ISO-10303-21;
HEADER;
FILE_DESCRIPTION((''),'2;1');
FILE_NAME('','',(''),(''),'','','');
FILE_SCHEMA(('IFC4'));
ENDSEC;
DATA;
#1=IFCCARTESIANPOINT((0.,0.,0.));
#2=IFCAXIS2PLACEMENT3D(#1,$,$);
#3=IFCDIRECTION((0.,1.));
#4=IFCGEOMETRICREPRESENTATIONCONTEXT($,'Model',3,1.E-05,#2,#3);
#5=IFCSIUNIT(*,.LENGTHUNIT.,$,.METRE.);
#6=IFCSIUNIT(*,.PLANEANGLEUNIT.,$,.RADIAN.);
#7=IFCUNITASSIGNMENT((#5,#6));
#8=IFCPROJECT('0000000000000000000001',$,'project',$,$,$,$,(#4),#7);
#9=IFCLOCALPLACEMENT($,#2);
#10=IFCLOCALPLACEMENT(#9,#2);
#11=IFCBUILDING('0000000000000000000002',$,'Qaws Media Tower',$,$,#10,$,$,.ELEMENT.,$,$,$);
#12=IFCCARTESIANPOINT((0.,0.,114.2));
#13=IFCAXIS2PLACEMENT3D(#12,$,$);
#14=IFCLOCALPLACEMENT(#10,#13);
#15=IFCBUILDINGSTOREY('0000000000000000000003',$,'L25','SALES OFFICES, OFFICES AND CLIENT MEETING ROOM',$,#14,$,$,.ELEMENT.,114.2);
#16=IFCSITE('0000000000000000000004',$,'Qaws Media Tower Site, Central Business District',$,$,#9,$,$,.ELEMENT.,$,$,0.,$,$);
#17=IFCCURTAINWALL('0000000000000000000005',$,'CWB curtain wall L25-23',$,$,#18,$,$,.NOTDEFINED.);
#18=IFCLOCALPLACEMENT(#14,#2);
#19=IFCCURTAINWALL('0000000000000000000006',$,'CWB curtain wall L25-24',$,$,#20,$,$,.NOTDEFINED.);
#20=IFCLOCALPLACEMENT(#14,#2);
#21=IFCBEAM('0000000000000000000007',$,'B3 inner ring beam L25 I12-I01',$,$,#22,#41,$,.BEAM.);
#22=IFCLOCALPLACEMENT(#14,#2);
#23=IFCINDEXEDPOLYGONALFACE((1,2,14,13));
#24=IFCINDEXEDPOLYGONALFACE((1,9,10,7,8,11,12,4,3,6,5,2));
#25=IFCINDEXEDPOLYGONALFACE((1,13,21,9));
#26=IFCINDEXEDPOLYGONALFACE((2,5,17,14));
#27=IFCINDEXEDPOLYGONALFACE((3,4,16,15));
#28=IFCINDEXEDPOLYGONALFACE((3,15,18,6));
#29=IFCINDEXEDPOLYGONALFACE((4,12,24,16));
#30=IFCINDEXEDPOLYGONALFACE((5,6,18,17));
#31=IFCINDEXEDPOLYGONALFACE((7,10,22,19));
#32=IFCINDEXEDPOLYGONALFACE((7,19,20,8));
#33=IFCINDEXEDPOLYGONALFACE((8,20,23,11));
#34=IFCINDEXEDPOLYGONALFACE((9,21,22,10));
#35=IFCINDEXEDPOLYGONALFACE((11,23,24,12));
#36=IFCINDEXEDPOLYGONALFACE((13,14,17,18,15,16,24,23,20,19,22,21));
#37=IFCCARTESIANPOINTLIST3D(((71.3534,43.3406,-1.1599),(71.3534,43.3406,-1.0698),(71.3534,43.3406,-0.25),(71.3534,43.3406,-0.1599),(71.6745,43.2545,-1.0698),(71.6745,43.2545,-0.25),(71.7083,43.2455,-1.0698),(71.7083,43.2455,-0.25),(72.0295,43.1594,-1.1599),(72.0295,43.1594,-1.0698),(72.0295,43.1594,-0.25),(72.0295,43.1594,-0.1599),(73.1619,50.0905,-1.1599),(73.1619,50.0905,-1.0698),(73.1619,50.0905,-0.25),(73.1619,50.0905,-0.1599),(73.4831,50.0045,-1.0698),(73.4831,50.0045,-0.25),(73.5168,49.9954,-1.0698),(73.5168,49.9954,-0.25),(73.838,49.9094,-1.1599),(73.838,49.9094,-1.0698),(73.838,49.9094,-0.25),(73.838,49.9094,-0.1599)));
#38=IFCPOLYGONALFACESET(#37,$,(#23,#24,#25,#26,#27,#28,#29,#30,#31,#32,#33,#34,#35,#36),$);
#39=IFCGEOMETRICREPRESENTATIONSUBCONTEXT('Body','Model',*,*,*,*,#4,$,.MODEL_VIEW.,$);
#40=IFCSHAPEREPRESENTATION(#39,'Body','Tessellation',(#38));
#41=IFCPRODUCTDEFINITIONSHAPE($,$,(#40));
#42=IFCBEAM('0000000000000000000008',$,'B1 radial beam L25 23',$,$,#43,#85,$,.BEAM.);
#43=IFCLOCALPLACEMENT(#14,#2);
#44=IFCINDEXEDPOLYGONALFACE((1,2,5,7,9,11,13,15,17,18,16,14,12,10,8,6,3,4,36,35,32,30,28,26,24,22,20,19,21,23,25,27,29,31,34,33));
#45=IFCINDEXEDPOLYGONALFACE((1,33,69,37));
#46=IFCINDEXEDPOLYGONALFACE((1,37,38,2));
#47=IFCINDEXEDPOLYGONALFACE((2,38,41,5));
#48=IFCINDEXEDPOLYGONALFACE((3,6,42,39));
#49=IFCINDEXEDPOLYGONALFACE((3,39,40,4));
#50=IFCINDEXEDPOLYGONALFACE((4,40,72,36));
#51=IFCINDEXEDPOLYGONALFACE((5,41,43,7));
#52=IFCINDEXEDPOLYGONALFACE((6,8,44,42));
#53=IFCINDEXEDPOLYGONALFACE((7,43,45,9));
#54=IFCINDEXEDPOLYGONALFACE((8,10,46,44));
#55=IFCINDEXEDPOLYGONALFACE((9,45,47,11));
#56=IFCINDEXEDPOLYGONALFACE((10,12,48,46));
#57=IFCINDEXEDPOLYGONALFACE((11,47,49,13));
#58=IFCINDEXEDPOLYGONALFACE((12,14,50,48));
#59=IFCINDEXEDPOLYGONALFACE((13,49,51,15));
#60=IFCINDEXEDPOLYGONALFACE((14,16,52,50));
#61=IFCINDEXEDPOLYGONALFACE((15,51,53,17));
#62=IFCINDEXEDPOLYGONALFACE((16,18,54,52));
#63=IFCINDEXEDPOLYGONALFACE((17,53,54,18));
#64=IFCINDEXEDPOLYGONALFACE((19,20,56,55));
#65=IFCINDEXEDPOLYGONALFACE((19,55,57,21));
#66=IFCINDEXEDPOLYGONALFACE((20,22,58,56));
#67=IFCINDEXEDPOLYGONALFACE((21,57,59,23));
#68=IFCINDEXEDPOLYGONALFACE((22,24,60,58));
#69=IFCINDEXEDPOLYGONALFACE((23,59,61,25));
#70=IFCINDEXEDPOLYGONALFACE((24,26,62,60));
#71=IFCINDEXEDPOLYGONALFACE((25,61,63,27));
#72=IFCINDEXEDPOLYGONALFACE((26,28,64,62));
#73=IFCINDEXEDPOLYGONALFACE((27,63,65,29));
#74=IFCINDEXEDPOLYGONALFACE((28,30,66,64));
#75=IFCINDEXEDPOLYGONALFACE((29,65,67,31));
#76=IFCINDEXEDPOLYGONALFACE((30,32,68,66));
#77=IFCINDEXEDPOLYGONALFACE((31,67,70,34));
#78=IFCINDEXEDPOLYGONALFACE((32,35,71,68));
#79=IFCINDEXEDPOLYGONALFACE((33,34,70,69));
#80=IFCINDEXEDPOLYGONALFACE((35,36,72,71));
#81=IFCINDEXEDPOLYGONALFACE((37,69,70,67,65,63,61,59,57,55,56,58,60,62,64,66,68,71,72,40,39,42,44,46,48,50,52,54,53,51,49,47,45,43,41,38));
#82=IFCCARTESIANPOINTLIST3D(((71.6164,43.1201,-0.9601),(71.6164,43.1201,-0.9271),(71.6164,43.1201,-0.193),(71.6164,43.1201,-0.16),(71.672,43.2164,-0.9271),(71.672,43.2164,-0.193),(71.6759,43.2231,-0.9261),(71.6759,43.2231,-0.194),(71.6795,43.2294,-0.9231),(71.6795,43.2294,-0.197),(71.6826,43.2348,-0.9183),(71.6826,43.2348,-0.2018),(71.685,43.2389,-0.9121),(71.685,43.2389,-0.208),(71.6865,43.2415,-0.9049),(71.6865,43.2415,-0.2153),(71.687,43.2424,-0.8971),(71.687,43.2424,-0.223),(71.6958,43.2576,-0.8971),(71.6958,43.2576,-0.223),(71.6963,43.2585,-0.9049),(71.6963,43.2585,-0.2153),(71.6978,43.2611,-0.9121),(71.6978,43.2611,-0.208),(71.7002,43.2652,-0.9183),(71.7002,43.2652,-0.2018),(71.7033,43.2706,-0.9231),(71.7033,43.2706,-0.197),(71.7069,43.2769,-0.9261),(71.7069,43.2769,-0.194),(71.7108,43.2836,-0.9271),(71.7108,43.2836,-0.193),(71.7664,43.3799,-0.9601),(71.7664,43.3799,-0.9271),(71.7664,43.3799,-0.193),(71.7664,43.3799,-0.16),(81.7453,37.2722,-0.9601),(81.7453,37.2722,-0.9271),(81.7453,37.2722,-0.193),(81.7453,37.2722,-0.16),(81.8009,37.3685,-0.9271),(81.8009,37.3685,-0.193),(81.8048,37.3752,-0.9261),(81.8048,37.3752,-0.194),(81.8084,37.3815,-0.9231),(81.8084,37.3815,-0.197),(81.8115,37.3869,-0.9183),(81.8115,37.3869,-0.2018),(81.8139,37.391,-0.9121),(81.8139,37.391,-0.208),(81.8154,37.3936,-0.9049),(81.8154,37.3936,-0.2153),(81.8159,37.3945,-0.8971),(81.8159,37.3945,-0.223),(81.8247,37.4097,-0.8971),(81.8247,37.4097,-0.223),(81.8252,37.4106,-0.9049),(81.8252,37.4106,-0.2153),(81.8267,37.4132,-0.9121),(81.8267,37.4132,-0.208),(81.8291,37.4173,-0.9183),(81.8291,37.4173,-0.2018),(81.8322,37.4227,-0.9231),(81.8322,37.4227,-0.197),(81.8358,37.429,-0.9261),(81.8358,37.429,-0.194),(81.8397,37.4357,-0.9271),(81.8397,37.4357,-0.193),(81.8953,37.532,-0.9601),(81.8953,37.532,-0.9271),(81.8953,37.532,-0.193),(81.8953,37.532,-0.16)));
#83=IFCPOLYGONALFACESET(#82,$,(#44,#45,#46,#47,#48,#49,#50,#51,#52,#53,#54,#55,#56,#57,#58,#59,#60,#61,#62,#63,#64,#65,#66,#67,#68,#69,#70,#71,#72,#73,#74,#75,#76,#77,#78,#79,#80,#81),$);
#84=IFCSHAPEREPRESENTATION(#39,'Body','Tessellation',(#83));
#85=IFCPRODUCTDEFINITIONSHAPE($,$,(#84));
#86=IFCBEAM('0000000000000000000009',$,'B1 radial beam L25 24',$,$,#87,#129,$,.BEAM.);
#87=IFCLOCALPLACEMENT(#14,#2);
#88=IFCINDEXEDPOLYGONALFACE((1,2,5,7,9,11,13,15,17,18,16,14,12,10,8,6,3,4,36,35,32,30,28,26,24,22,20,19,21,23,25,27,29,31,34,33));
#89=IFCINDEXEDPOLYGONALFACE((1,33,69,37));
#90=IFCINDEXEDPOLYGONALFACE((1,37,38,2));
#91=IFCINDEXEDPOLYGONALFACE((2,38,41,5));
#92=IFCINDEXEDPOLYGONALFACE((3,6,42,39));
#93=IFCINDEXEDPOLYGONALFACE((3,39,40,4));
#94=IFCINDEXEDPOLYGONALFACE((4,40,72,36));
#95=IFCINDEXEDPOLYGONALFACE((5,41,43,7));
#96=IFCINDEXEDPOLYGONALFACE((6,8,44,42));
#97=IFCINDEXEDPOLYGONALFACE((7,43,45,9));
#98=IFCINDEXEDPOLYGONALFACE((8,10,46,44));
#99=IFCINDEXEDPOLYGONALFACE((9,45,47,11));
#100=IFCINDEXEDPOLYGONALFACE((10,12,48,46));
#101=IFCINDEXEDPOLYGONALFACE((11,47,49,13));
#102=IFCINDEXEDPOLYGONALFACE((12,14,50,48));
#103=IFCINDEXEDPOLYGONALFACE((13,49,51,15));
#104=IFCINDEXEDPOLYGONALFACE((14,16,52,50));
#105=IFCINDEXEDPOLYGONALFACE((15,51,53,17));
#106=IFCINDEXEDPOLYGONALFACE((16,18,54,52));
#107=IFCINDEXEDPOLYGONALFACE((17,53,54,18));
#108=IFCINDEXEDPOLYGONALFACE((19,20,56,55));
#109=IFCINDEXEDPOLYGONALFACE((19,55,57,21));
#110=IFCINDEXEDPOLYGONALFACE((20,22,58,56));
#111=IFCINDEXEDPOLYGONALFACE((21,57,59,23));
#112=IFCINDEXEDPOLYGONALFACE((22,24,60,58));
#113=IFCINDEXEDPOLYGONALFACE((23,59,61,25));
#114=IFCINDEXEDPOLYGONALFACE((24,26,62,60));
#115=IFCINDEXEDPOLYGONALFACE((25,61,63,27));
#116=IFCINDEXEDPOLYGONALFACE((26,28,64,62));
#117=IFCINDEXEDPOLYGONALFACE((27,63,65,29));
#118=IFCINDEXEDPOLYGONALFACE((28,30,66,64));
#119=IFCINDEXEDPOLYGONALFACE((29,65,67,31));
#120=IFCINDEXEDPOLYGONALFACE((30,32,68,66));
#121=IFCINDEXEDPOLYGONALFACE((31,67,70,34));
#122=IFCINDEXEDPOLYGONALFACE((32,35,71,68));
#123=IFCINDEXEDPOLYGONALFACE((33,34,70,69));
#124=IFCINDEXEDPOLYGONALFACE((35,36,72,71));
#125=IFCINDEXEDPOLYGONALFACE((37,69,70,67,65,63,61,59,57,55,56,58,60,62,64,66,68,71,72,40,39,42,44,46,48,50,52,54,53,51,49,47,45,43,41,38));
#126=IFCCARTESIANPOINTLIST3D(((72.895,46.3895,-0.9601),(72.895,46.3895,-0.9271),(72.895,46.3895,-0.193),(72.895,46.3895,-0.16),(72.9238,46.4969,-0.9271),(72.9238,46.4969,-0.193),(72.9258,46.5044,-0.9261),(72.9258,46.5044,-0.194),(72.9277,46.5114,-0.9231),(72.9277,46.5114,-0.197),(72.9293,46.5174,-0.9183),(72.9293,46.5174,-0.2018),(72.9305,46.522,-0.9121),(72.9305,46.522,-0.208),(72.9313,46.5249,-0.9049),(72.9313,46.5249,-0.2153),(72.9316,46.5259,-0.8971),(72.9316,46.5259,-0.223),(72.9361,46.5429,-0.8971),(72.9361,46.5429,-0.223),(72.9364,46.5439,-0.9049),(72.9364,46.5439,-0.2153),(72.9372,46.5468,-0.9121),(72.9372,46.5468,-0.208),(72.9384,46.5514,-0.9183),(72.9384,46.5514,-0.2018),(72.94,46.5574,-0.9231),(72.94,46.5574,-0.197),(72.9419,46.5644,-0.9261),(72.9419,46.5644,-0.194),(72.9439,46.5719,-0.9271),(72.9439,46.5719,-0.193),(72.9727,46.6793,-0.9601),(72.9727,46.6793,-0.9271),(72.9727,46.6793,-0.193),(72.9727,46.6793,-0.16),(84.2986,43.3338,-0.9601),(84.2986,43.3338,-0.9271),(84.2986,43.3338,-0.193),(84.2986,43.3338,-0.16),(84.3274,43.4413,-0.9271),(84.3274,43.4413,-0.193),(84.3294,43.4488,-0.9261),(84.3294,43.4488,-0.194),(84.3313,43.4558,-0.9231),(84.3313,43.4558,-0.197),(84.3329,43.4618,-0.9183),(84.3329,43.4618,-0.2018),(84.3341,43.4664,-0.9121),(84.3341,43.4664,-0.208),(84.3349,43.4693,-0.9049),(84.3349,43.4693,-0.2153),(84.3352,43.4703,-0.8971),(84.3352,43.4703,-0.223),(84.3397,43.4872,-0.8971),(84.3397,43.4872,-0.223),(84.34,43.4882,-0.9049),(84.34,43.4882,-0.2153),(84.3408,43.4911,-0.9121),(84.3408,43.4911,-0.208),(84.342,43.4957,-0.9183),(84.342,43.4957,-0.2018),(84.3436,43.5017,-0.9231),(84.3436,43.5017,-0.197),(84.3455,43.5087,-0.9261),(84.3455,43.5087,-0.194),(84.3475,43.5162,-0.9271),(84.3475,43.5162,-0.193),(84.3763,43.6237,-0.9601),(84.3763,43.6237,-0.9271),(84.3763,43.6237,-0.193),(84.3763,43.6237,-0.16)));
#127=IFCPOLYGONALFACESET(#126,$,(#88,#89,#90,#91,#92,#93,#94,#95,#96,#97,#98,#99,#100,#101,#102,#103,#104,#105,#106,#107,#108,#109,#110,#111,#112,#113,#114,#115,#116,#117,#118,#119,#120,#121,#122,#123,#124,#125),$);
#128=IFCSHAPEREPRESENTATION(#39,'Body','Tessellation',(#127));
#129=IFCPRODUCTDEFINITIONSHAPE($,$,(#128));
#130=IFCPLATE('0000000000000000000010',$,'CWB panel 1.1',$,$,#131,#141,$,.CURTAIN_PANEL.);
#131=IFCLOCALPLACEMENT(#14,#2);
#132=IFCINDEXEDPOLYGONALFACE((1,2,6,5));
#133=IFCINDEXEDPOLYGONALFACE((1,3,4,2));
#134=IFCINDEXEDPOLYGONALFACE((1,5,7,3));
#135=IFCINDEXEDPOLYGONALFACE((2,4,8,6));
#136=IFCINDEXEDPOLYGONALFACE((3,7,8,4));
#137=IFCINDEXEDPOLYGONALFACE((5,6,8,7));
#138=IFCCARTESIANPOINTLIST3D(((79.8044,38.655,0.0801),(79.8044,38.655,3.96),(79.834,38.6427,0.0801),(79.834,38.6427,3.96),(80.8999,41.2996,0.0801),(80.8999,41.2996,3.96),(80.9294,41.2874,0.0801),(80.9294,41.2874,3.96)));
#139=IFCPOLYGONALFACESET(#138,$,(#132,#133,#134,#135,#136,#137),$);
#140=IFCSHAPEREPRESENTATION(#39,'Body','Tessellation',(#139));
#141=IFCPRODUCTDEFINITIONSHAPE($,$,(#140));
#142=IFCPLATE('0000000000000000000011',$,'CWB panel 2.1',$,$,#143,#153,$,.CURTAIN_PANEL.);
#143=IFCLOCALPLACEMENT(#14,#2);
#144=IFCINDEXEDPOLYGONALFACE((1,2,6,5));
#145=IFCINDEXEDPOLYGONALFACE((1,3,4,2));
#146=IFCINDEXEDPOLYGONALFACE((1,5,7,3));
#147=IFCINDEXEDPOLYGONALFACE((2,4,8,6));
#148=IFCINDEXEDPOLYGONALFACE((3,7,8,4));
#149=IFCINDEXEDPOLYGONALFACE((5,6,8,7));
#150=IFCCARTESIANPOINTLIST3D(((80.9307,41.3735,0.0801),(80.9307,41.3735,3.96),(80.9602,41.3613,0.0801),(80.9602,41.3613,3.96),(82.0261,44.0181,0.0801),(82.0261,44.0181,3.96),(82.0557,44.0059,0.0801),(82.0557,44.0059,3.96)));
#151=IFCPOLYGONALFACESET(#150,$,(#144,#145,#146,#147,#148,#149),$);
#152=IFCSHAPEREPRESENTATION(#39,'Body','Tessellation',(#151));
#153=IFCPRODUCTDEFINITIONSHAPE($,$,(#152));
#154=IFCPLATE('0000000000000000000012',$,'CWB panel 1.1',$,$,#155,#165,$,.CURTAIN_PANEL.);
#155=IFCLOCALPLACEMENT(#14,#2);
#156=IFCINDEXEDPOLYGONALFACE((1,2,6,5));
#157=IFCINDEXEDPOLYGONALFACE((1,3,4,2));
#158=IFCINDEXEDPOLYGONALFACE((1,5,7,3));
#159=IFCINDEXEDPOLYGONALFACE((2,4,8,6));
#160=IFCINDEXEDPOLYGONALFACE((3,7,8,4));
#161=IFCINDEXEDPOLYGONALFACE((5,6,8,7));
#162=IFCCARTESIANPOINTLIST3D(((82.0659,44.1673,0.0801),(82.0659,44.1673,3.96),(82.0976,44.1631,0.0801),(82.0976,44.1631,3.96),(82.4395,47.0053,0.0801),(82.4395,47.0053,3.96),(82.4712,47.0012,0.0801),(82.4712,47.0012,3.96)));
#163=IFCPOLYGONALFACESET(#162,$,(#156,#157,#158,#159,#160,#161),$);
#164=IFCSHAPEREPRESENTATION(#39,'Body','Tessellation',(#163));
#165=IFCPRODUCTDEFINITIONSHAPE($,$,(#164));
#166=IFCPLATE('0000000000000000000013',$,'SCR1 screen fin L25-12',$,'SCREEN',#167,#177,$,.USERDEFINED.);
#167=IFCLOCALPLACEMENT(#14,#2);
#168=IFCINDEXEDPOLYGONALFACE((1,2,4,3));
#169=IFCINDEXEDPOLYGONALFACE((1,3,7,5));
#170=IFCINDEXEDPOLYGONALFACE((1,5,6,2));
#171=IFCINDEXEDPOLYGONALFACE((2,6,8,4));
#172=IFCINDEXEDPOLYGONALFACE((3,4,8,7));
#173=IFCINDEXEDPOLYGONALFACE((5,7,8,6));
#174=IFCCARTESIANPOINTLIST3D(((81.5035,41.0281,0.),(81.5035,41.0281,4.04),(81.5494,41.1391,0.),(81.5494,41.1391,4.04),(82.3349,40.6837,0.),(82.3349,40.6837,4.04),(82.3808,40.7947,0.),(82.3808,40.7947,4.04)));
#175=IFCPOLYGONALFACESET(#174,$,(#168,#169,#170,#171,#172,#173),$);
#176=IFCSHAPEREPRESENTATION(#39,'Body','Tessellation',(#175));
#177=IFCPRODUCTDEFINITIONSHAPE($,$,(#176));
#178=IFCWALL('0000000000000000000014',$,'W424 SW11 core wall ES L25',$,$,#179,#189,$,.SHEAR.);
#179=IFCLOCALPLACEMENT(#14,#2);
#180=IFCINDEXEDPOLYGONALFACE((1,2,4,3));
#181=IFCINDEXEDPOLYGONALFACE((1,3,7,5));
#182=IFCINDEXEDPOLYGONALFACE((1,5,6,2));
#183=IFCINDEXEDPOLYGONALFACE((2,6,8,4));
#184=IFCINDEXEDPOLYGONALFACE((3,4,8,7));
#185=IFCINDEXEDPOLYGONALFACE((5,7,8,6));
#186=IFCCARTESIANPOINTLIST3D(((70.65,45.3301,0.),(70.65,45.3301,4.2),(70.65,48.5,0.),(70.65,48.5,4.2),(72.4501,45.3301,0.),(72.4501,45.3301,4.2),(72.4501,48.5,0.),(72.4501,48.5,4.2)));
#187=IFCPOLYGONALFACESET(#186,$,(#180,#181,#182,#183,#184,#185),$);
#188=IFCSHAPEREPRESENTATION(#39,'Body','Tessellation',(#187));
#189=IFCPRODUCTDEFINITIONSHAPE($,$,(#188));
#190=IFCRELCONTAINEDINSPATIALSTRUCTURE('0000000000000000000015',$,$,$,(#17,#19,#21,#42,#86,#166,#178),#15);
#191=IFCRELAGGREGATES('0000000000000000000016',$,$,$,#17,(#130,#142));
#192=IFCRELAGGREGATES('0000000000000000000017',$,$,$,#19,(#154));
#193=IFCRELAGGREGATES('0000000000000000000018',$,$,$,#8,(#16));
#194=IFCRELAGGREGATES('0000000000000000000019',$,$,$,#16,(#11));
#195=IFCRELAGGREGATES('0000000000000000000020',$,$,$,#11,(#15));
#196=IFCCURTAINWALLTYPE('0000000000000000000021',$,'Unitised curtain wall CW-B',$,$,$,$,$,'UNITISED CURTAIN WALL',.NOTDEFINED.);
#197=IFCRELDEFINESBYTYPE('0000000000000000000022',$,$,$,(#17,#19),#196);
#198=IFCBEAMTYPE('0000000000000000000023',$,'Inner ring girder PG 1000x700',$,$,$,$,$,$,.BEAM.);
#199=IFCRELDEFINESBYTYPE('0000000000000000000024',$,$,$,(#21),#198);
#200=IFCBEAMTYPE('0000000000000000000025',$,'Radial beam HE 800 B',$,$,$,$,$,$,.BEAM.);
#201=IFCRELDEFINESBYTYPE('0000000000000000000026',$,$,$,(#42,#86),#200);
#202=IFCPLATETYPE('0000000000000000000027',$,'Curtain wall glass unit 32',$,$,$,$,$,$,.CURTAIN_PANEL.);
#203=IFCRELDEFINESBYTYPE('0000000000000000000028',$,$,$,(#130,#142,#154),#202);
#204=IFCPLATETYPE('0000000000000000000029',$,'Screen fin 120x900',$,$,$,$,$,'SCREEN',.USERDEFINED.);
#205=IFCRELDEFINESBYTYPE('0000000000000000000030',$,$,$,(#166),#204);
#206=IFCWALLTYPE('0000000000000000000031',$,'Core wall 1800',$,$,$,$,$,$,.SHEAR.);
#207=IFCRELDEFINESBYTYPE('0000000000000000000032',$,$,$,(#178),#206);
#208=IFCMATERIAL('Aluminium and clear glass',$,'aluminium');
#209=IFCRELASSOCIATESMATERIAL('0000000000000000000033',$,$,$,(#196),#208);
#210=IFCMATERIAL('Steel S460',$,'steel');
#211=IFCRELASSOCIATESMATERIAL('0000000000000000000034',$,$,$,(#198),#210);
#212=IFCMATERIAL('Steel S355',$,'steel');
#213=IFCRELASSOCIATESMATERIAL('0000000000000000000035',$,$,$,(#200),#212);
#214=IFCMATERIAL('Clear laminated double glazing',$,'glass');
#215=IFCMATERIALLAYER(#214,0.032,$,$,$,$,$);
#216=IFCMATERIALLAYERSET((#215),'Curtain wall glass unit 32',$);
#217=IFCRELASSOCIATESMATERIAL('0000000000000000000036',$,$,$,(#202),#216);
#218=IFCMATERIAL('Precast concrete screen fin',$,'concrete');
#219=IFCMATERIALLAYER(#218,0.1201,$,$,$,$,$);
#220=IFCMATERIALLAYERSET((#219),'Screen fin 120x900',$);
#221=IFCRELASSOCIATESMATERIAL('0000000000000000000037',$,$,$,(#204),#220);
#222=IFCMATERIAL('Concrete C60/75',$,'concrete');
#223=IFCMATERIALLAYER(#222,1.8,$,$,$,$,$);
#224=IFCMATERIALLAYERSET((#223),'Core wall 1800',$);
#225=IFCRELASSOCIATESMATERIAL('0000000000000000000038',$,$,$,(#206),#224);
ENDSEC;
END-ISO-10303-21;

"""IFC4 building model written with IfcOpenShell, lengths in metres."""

from ifc_helpers import new_model, si_unit, direction, frame, frame_2d, origin, origin_2d, place, context, subcontext, project, spatial, rectangle, i_section, extrude, material, layer, layer_set, material_profile, profile_set, type_object, element, aggregate, save


model = new_model("IFC4")

# Units and contexts
model_context = context("Model", 3, precision=1e-05, world=origin(), true_north=direction((0.0, 1.0)))
body_context = subcontext(model_context, "Body", "Model", "MODEL_VIEW")
ifc_project = project(units=[si_unit("LENGTHUNIT", "METRE"), si_unit("PLANEANGLEUNIT", "RADIAN")], contexts=[model_context])

# Site, building, storey
site_placement = place(None, origin())
site = spatial("IfcSite", under=ifc_project, at=site_placement, Name="Qaws Media Tower Site, Central Business District", CompositionType="ELEMENT", RefElevation=0.0)
building_placement = place(site_placement, origin())
building = spatial("IfcBuilding", under=site, at=building_placement, Name="Qaws Media Tower", CompositionType="ELEMENT")
storey_placement = place(building_placement, frame((0.0, 0.0, 114.2)))
storey = spatial("IfcBuildingStorey", under=building, at=storey_placement, Name="L25", Description="SALES OFFICES, OFFICES AND CLIENT MEETING ROOM", CompositionType="ELEMENT", Elevation=114.2)

# Curtain walls
ifc_material_1 = material(Name="Aluminium and clear glass", Category="aluminium")
curtain_wall_type = type_object("IfcCurtainWallType", Name="Unitised curtain wall CW-B", ElementType="UNITISED CURTAIN WALL", PredefinedType="NOTDEFINED", material=ifc_material_1)
curtain_wall_1_placement = place(storey_placement, origin())
curtain_wall_1 = element("IfcCurtainWall", 1, at=curtain_wall_1_placement, inside=storey, type_object=curtain_wall_type, Name="CWB curtain wall L25-23", PredefinedType="NOTDEFINED")
curtain_wall_2_placement = place(storey_placement, origin())
curtain_wall_2 = element("IfcCurtainWall", 2, at=curtain_wall_2_placement, inside=storey, type_object=curtain_wall_type, Name="CWB curtain wall L25-24", PredefinedType="NOTDEFINED")

# Beams
ifc_material_2 = material(Name="Steel S460", Category="steel")
ifc_material_profile_1 = material_profile(ifc_material_2, i_section(OverallWidth=0.7, OverallDepth=1.0, WebThickness=0.0349, FlangeThickness=0.0901, at=origin_2d()), Name="PG 1000x700")
ifc_profile_set_1 = profile_set([ifc_material_profile_1], Name="Steel S460")
beam_type_1 = type_object("IfcBeamType", Name="Inner ring girder PG 1000x700", PredefinedType="BEAM", material=ifc_profile_set_1)
beam_1_placement = place(storey_placement, frame((71.6914, 43.25, -0.6599), z_axis=(0.258811, 0.965928, 0.0), x_axis=(-0.965928, 0.258811, 0.0)))
element("IfcBeam", 3, at=beam_1_placement, inside=storey, type_object=beam_type_1, Name="B3 inner ring beam L25 I12-I01", PredefinedType="BEAM", context=body_context, shape_type="SweptSolid", body=[
    extrude(i_section(OverallWidth=0.7, OverallDepth=1.0, WebThickness=0.0349, FlangeThickness=0.0901, at=origin_2d()), origin(), (0.0, 0.0, 1.0), 6.988),
])
ifc_material_3 = material(Name="Steel S355", Category="steel")
ifc_material_profile_2 = material_profile(ifc_material_3, i_section(OverallWidth=0.3, OverallDepth=0.8, WebThickness=0.0176, FlangeThickness=0.033, FilletRadius=0.03, at=origin_2d()), Name="HE 800 B")
ifc_profile_set_2 = profile_set([ifc_material_profile_2], Name="Steel S355")
beam_type_2 = type_object("IfcBeamType", Name="Radial beam HE 800 B", PredefinedType="BEAM", material=ifc_profile_set_2)
beam_2_placement = place(storey_placement, frame((71.6914, 43.25, -0.5601), z_axis=(0.866026, -0.499998, 0.0), x_axis=(0.499998, 0.866026, 0.0)))
element("IfcBeam", 4, at=beam_2_placement, inside=storey, type_object=beam_type_2, Name="B1 radial beam L25 23", PredefinedType="BEAM", context=body_context, shape_type="SweptSolid", body=[
    extrude(i_section(OverallWidth=0.3, OverallDepth=0.8, WebThickness=0.0176, FlangeThickness=0.033, FilletRadius=0.03, at=origin_2d()), origin(), (0.0, 0.0, 1.0), 11.6958),
])
beam_3_placement = place(storey_placement, frame((72.9338, 46.5344, -0.5601), z_axis=(0.965924, -0.258826, 0.0), x_axis=(0.258826, 0.965924, 0.0)))
element("IfcBeam", 5, at=beam_3_placement, inside=storey, type_object=beam_type_2, Name="B1 radial beam L25 24", PredefinedType="BEAM", context=body_context, shape_type="SweptSolid", body=[
    extrude(i_section(OverallWidth=0.3, OverallDepth=0.8, WebThickness=0.0176, FlangeThickness=0.033, FilletRadius=0.03, at=origin_2d()), origin(), (0.0, 0.0, 1.0), 11.8059),
])

# Plates
ifc_material_4 = material(Name="Clear laminated double glazing", Category="glass")
ifc_layer_1 = layer(ifc_material_4, 0.032)
ifc_layer_set_1 = layer_set([ifc_layer_1], Name="Curtain wall glass unit 32")
plate_type_1 = type_object("IfcPlateType", Name="Curtain wall glass unit 32", PredefinedType="CURTAIN_PANEL", material=ifc_layer_set_1)
plate_1_placement = place(storey_placement, frame((80.3669, 39.9712, 0.0801), z_axis=(0.0, 0.0, 1.0), x_axis=(0.382683, 0.92388, 0.0)))
plate_1 = element("IfcPlate", 6, at=plate_1_placement, type_object=plate_type_1, Name="CWB panel 1.1", PredefinedType="CURTAIN_PANEL", context=body_context, shape_type="SweptSolid", body=[
    extrude(rectangle(XDim=2.8625, YDim=0.032, at=origin_2d()), origin(), (0.0, 0.0, 1.0), 3.8799),
])
plate_2_placement = place(storey_placement, frame((81.4932, 42.6897, 0.0801), z_axis=(0.0, 0.0, 1.0), x_axis=(0.382683, 0.92388, 0.0)))
plate_2 = element("IfcPlate", 7, at=plate_2_placement, type_object=plate_type_1, Name="CWB panel 2.1", PredefinedType="CURTAIN_PANEL", context=body_context, shape_type="SweptSolid", body=[
    extrude(rectangle(XDim=2.8625, YDim=0.032, at=origin_2d()), origin(), (0.0, 0.0, 1.0), 3.8799),
])
aggregate(curtain_wall_1, [plate_1, plate_2])
plate_3_placement = place(storey_placement, frame((82.2686, 45.5842, 0.0801), z_axis=(0.0, 0.0, 1.0), x_axis=(0.130526, 0.991445, 0.0)))
plate_3 = element("IfcPlate", 8, at=plate_3_placement, type_object=plate_type_1, Name="CWB panel 1.1", PredefinedType="CURTAIN_PANEL", context=body_context, shape_type="SweptSolid", body=[
    extrude(rectangle(XDim=2.8625, YDim=0.032, at=origin_2d()), origin(), (0.0, 0.0, 1.0), 3.8799),
])
aggregate(curtain_wall_2, [plate_3])
ifc_material_5 = material(Name="Precast concrete screen fin", Category="concrete")
ifc_layer_2 = layer(ifc_material_5, 0.1201)
ifc_layer_set_2 = layer_set([ifc_layer_2], Name="Screen fin 120x900")
plate_type_2 = type_object("IfcPlateType", Name="Screen fin 120x900", ElementType="SCREEN", PredefinedType="USERDEFINED", material=ifc_layer_set_2)
plate_4_placement = place(storey_placement, frame((81.9421, 40.9114, 0.0), z_axis=(0.0, 0.0, 1.0), x_axis=(0.92388, -0.382683, 0.0)))
element("IfcPlate", 9, at=plate_4_placement, inside=storey, type_object=plate_type_2, Name="SCR1 screen fin L25-12", ObjectType="SCREEN", PredefinedType="USERDEFINED", context=body_context, shape_type="SweptSolid", body=[
    extrude(rectangle(XDim=0.8999, YDim=0.1201, at=origin_2d()), origin(), (0.0, 0.0, 1.0), 4.04),
])

# Wall
ifc_material_6 = material(Name="Concrete C60/75", Category="concrete")
ifc_layer_3 = layer(ifc_material_6, 1.8)
ifc_layer_set_3 = layer_set([ifc_layer_3], Name="Core wall 1800")
wall_type_1 = type_object("IfcWallType", Name="Core wall 1800", PredefinedType="SHEAR", material=ifc_layer_set_3)
wall_1_placement = place(storey_placement, frame((71.55, 45.3301, 0.0), z_axis=(0.0, 0.0, 1.0), x_axis=(0.0, 1.0, 0.0)))
element("IfcWall", 10, at=wall_1_placement, inside=storey, type_object=wall_type_1, Name="W424 SW11 core wall ES L25", PredefinedType="SHEAR", context=body_context, shape_type="SweptSolid", body=[
    extrude(rectangle(XDim=3.1699, YDim=1.8, at=frame_2d((1.585, 0.0))), origin(), (0.0, 0.0, 1.0), 4.2),
])

save(model, "model.ifc")
